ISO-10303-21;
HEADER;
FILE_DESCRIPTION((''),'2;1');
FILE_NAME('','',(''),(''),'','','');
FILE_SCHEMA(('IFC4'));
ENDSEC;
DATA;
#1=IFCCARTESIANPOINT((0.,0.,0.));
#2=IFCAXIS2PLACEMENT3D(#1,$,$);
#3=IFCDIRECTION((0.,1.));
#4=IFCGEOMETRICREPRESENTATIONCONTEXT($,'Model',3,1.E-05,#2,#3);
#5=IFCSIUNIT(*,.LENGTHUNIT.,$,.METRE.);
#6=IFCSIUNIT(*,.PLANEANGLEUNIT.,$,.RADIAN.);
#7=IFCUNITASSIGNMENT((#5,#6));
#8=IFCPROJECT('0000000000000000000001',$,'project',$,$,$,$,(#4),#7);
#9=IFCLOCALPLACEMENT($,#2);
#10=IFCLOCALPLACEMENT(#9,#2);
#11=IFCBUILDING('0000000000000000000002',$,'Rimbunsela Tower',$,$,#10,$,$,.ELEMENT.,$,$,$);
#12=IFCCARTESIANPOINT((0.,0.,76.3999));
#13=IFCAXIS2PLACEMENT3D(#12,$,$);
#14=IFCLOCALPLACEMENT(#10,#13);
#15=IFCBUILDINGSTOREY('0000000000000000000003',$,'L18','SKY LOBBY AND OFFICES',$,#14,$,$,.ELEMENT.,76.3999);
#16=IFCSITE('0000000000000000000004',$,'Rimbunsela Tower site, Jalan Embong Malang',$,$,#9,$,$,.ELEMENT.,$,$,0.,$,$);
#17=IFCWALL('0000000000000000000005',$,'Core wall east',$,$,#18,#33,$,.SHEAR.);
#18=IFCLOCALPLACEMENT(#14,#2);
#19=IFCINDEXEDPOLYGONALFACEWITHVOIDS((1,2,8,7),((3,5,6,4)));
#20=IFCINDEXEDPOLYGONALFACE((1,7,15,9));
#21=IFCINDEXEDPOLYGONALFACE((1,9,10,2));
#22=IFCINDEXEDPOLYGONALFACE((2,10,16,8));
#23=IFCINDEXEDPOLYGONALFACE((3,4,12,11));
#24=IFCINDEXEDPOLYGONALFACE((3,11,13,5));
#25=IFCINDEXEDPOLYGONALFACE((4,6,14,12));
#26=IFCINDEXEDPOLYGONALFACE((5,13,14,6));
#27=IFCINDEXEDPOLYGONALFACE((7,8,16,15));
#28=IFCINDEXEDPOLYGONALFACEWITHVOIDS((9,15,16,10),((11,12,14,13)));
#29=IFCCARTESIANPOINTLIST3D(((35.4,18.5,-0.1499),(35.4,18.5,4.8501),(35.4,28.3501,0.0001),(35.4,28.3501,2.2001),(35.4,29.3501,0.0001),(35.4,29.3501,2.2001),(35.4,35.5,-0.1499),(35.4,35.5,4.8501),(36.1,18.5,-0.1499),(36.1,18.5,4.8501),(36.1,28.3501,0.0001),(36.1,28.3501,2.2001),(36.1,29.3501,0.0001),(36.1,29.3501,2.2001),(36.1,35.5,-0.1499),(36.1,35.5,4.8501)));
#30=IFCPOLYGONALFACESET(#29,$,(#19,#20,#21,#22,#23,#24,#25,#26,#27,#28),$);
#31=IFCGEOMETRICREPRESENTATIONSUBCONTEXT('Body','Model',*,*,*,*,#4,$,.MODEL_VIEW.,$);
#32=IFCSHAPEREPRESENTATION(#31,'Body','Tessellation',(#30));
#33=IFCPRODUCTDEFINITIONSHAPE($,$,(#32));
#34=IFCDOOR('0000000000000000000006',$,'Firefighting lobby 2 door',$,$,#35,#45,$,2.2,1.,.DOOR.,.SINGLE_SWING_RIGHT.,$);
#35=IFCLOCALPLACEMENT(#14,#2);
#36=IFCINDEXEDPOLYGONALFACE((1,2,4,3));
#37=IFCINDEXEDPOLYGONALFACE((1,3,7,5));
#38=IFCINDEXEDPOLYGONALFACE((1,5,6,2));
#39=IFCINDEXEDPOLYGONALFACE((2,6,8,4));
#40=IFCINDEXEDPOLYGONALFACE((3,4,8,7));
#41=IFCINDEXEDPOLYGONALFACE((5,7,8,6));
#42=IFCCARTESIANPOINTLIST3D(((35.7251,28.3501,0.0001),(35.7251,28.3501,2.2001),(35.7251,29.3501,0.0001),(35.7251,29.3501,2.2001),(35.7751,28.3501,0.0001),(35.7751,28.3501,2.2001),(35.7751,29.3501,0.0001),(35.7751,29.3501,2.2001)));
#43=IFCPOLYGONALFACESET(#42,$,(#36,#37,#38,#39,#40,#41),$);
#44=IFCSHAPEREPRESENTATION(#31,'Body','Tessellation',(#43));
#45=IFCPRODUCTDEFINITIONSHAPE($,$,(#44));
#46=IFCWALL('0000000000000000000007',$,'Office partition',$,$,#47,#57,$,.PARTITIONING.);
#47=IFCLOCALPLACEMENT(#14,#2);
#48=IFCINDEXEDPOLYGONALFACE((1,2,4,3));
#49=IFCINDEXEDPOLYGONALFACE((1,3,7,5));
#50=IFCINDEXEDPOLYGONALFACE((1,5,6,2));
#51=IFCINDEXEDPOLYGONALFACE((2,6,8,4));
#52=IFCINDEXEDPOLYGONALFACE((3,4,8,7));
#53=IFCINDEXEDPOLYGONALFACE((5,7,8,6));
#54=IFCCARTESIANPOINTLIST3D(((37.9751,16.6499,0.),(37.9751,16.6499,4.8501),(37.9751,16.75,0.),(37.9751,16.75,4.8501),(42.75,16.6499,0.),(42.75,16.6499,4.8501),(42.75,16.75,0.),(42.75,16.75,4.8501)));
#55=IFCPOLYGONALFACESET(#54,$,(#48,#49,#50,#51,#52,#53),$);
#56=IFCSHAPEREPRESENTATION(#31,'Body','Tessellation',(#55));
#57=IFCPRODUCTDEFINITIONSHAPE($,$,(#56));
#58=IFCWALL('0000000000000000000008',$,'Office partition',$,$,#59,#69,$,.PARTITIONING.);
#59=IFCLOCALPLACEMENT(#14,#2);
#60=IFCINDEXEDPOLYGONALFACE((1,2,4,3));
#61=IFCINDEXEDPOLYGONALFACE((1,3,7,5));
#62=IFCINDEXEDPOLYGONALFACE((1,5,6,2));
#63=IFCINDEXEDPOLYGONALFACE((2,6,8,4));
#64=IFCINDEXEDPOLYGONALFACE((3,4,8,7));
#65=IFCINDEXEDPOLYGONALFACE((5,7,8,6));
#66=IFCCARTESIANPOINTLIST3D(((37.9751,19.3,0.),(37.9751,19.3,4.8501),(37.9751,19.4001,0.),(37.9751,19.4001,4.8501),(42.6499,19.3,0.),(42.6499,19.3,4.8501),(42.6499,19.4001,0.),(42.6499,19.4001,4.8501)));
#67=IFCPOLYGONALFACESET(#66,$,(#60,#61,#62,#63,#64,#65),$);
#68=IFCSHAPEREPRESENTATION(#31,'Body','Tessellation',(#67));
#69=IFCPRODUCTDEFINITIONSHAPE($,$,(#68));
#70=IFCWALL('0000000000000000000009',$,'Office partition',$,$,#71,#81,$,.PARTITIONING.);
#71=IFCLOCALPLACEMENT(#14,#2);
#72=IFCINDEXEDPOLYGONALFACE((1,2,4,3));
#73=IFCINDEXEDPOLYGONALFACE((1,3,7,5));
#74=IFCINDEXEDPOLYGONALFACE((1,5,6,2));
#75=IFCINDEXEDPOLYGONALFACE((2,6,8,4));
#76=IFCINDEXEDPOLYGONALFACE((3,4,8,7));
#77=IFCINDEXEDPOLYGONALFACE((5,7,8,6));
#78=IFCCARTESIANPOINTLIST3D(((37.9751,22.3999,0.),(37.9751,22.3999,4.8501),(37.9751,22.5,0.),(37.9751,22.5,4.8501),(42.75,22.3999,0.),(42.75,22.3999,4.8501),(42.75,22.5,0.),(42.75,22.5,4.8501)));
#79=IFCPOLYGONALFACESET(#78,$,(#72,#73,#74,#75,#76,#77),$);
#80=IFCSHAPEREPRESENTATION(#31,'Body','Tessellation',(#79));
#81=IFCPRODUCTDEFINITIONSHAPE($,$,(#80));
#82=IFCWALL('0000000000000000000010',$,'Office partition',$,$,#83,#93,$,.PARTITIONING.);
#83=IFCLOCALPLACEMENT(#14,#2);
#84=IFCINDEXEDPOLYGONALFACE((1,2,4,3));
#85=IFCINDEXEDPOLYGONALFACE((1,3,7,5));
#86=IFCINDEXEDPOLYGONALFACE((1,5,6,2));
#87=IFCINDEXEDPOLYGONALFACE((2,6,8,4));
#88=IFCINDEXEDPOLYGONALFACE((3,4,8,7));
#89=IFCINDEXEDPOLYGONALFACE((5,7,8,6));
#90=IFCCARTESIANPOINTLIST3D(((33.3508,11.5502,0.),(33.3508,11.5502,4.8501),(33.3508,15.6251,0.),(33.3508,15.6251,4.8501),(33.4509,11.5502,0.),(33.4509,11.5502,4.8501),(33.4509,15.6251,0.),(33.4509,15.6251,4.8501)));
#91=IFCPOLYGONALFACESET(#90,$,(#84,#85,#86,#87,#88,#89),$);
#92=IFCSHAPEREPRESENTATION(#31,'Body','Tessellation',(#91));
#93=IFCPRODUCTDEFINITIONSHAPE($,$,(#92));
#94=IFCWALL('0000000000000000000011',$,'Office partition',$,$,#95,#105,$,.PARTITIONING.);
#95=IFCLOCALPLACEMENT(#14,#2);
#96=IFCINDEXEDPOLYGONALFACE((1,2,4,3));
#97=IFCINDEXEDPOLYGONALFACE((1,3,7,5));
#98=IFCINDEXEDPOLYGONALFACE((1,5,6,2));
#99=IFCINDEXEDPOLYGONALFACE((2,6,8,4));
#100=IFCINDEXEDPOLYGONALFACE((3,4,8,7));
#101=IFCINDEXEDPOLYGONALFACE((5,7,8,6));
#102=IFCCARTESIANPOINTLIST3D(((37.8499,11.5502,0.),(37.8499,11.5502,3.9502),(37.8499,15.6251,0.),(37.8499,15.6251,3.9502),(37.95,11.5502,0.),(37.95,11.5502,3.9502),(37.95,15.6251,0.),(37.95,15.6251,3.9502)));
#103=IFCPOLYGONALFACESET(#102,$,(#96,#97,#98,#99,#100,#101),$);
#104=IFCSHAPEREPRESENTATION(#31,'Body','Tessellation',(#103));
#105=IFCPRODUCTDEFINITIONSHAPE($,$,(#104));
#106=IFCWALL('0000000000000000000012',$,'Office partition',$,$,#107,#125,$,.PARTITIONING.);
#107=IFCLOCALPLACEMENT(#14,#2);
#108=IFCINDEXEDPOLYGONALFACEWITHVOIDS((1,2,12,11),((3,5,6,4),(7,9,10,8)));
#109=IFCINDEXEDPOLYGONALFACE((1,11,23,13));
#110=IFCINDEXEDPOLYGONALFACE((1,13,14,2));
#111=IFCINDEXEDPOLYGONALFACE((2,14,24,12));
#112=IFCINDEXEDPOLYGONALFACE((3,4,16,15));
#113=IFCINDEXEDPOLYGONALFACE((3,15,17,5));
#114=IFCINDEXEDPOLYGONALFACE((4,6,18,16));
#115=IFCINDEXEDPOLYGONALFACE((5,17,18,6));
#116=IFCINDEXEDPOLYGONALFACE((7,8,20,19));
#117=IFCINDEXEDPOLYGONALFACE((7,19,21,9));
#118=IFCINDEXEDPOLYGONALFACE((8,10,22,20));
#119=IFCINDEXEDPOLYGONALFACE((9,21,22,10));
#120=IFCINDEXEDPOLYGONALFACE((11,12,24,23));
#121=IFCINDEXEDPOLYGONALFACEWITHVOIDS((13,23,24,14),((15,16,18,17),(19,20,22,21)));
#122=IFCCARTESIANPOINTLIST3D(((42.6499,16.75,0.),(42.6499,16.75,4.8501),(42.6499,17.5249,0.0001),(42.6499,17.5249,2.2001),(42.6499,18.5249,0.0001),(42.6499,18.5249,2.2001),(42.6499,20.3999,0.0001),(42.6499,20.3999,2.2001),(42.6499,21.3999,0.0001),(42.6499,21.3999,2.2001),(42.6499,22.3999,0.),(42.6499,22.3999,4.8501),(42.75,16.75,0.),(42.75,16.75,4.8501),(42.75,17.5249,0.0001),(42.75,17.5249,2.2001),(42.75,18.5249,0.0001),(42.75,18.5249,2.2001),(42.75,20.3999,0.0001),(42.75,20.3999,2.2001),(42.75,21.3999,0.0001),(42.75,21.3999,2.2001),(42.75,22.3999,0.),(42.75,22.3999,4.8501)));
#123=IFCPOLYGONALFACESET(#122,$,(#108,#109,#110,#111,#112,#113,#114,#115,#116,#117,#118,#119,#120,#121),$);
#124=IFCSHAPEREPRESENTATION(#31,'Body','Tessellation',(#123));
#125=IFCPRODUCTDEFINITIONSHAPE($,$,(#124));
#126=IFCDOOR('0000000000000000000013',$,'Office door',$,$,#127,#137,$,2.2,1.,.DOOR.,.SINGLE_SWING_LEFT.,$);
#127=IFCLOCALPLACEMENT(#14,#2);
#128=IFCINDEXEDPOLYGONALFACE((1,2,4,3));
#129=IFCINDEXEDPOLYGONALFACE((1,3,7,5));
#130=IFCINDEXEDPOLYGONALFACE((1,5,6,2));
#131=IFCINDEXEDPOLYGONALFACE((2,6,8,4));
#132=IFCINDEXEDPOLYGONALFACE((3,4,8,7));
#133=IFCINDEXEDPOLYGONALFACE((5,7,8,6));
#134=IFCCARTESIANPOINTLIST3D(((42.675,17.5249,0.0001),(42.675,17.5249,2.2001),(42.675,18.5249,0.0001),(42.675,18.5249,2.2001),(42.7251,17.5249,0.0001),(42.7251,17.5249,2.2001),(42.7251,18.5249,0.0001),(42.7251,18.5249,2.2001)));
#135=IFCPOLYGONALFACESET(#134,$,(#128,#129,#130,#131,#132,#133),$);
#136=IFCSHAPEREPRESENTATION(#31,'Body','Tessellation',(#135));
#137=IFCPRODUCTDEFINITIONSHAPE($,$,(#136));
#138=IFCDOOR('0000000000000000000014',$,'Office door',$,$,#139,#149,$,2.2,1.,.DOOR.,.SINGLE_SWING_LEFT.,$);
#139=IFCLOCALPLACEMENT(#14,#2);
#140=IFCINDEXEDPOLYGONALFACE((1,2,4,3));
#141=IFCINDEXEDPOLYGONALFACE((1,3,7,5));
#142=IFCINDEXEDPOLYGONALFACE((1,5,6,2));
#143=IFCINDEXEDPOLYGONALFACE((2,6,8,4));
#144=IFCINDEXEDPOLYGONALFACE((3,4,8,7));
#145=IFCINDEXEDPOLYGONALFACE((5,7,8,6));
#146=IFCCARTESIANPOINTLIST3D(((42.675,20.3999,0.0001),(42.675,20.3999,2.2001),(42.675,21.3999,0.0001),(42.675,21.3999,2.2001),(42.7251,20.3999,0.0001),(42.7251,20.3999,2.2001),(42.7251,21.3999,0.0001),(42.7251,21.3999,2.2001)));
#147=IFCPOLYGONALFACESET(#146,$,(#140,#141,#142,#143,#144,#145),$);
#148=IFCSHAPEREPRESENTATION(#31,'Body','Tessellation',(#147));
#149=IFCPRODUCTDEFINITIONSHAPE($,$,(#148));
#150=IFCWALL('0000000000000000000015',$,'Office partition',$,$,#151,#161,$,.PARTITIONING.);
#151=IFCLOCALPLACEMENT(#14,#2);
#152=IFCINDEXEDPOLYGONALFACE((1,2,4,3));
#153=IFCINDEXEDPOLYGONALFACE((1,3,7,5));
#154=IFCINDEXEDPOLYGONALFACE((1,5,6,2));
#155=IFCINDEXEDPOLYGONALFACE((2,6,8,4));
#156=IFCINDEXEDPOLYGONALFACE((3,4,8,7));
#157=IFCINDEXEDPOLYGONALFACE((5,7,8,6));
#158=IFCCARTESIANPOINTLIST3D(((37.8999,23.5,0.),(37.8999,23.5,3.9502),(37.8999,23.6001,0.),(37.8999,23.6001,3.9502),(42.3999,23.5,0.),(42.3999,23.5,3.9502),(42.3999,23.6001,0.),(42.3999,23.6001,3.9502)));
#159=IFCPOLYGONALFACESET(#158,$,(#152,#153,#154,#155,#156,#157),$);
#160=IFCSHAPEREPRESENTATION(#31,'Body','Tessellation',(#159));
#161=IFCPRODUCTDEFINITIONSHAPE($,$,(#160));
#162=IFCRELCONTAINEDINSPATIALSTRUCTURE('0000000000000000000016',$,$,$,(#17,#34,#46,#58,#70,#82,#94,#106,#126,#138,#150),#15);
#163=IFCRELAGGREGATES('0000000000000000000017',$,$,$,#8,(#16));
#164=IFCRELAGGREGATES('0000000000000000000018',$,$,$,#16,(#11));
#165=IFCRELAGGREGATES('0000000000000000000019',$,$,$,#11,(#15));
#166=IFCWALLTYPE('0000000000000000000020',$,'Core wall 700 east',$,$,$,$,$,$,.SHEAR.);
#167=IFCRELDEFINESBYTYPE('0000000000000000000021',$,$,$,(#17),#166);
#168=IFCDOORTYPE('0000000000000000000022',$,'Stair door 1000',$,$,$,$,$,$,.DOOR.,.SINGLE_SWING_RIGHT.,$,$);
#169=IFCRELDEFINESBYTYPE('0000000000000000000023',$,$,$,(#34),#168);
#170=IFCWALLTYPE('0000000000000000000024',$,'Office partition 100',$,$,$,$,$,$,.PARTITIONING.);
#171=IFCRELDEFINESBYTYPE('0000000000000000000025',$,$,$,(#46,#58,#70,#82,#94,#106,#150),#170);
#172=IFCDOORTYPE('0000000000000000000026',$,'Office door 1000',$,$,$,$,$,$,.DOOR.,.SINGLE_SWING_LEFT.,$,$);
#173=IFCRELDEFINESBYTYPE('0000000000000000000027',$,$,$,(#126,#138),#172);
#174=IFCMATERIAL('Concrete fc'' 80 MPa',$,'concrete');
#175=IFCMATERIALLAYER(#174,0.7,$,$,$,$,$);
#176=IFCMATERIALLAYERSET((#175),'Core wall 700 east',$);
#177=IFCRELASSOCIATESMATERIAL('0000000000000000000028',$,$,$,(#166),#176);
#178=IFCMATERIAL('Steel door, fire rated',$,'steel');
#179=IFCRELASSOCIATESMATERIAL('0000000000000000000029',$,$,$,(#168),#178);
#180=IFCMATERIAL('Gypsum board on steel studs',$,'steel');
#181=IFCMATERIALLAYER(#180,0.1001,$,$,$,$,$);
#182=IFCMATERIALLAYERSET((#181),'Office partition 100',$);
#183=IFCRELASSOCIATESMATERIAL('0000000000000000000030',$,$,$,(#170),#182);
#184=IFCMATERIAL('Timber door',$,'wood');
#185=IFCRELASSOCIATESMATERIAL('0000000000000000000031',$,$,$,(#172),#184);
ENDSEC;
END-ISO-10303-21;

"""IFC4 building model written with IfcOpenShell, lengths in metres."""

from ifc_helpers import new_model, si_unit, direction, frame, frame_2d, origin, place, context, subcontext, project, spatial, rectangle, extrude, material, layer, layer_set, type_object, element, fill, save


model = new_model("IFC4")

# Units and contexts
model_context = context("Model", 3, precision=1e-05, world=origin(), true_north=direction((0.0, 1.0)))
body_context = subcontext(model_context, "Body", "Model", "MODEL_VIEW")
ifc_project = project(units=[si_unit("LENGTHUNIT", "METRE"), si_unit("PLANEANGLEUNIT", "RADIAN")], contexts=[model_context])

# Site, building, storey
site_placement = place(None, origin())
site = spatial("IfcSite", under=ifc_project, at=site_placement, Name="Rimbunsela Tower site, Jalan Embong Malang", CompositionType="ELEMENT", RefElevation=0.0)
building_placement = place(site_placement, origin())
building = spatial("IfcBuilding", under=site, at=building_placement, Name="Rimbunsela Tower", CompositionType="ELEMENT")
storey_placement = place(building_placement, frame((0.0, 0.0, 76.3999)))
storey = spatial("IfcBuildingStorey", under=building, at=storey_placement, Name="L18", Description="SKY LOBBY AND OFFICES", CompositionType="ELEMENT", Elevation=76.3999)

# Wall, opening, door
ifc_material_1 = material(Name="Concrete fc' 80 MPa", Category="concrete")
ifc_layer_1 = layer(ifc_material_1, 0.7)
ifc_layer_set_1 = layer_set([ifc_layer_1], Name="Core wall 700 east")
wall_type_1 = type_object("IfcWallType", Name="Core wall 700 east", PredefinedType="SHEAR", material=ifc_layer_set_1)
wall_1_placement = place(storey_placement, frame((35.75, 18.5, -0.1499), z_axis=(0.0, 0.0, 1.0), x_axis=(0.0, 1.0, 0.0)))
wall_1 = element("IfcWall", 1, at=wall_1_placement, inside=storey, type_object=wall_type_1, Name="Core wall east", PredefinedType="SHEAR", context=body_context, shape_type="SweptSolid", body=[
    extrude(rectangle(XDim=17.0, YDim=0.7, at=frame_2d((8.5, 0.0))), origin(), (0.0, 0.0, 1.0), 5.0),
])
opening_1_placement = place(wall_1_placement, frame((9.8501, 0.0, 0.1499)))
opening_1 = element("IfcOpeningElement", 2, at=opening_1_placement, cuts=wall_1, PredefinedType="OPENING", context=body_context, shape_type="SweptSolid", body=[
    extrude(rectangle(XDim=1.0, YDim=2.2, at=frame_2d((0.5, 1.1001))), frame((0.0, 0.3599, 0.0), z_axis=(0.0, -1.0, 0.0), x_axis=(1.0, 0.0, 0.0)), (0.0, 0.0, 1.0), 0.72),
])
ifc_material_2 = material(Name="Steel door, fire rated", Category="steel")
door_type_1 = type_object("IfcDoorType", Name="Stair door 1000", OperationType="SINGLE_SWING_RIGHT", PredefinedType="DOOR", material=ifc_material_2)
door_1_placement = place(opening_1_placement, origin())
door_1 = element("IfcDoor", 3, at=door_1_placement, inside=storey, type_object=door_type_1, Name="Firefighting lobby 2 door", OperationType="SINGLE_SWING_RIGHT", OverallHeight=2.2, OverallWidth=1.0, PredefinedType="DOOR", context=body_context, shape_type="SweptSolid", body=[
    extrude(rectangle(XDim=1.0, YDim=2.2, at=frame_2d((0.5, 1.1001))), frame((0.0, 0.0249, 0.0), z_axis=(0.0, -1.0, 0.0), x_axis=(1.0, 0.0, 0.0)), (0.0, 0.0, 1.0), 0.05),
])
fill(opening_1, door_1)

# Walls
ifc_material_3 = material(Name="Gypsum board on steel studs", Category="steel")
ifc_layer_2 = layer(ifc_material_3, 0.1001)
ifc_layer_set_2 = layer_set([ifc_layer_2], Name="Office partition 100")
wall_type_2 = type_object("IfcWallType", Name="Office partition 100", PredefinedType="PARTITIONING", material=ifc_layer_set_2)
wall_2_placement = place(storey_placement, frame((37.9751, 16.7, 0.0), z_axis=(0.0, 0.0, 1.0), x_axis=(1.0, 0.0, 0.0)))
element("IfcWall", 4, at=wall_2_placement, inside=storey, type_object=wall_type_2, Name="Office partition", PredefinedType="PARTITIONING", context=body_context, shape_type="SweptSolid", body=[
    extrude(rectangle(XDim=4.7749, YDim=0.1001, at=frame_2d((2.3875, 0.0))), origin(), (0.0, 0.0, 1.0), 4.8501),
])
wall_3_placement = place(storey_placement, frame((37.9751, 19.3501, 0.0), z_axis=(0.0, 0.0, 1.0), x_axis=(1.0, 0.0, 0.0)))
element("IfcWall", 5, at=wall_3_placement, inside=storey, type_object=wall_type_2, Name="Office partition", PredefinedType="PARTITIONING", context=body_context, shape_type="SweptSolid", body=[
    extrude(rectangle(XDim=4.6748, YDim=0.1001, at=frame_2d((2.3374, 0.0))), origin(), (0.0, 0.0, 1.0), 4.8501),
])
wall_4_placement = place(storey_placement, frame((37.9751, 22.45, 0.0), z_axis=(0.0, 0.0, 1.0), x_axis=(1.0, 0.0, 0.0)))
element("IfcWall", 6, at=wall_4_placement, inside=storey, type_object=wall_type_2, Name="Office partition", PredefinedType="PARTITIONING", context=body_context, shape_type="SweptSolid", body=[
    extrude(rectangle(XDim=4.7749, YDim=0.1001, at=frame_2d((2.3875, 0.0))), origin(), (0.0, 0.0, 1.0), 4.8501),
])
wall_5_placement = place(storey_placement, frame((33.4009, 11.55, 0.0), z_axis=(0.0, 0.0, 1.0), x_axis=(0.0, 1.0, 0.0)))
element("IfcWall", 7, at=wall_5_placement, inside=storey, type_object=wall_type_2, Name="Office partition", PredefinedType="PARTITIONING", context=body_context, shape_type="SweptSolid", body=[
    extrude(rectangle(XDim=4.075, YDim=0.1001, at=frame_2d((2.0376, 0.0))), origin(), (0.0, 0.0, 1.0), 4.8501),
])
wall_6_placement = place(storey_placement, frame((37.8999, 11.55, 0.0), z_axis=(0.0, 0.0, 1.0), x_axis=(0.0, 1.0, 0.0)))
element("IfcWall", 8, at=wall_6_placement, inside=storey, type_object=wall_type_2, Name="Office partition", PredefinedType="PARTITIONING", context=body_context, shape_type="SweptSolid", body=[
    extrude(rectangle(XDim=4.075, YDim=0.1001, at=frame_2d((2.0376, 0.0))), origin(), (0.0, 0.0, 1.0), 3.9502),
])

# Wall, openings, doors
wall_7_placement = place(storey_placement, frame((42.7, 16.75, 0.0), z_axis=(0.0, 0.0, 1.0), x_axis=(0.0, 1.0, 0.0)))
wall_7 = element("IfcWall", 9, at=wall_7_placement, inside=storey, type_object=wall_type_2, Name="Office partition", PredefinedType="PARTITIONING", context=body_context, shape_type="SweptSolid", body=[
    extrude(rectangle(XDim=5.6499, YDim=0.1001, at=frame_2d((2.825, 0.0))), origin(), (0.0, 0.0, 1.0), 4.8501),
])
opening_2_placement = place(wall_7_placement, frame((0.7749, 0.0, 0.0)))
opening_2 = element("IfcOpeningElement", 10, at=opening_2_placement, cuts=wall_7, PredefinedType="OPENING", context=body_context, shape_type="SweptSolid", body=[
    extrude(rectangle(XDim=1.0, YDim=2.2, at=frame_2d((0.5, 1.1001))), frame((0.0, 0.0601, 0.0), z_axis=(0.0, -1.0, 0.0), x_axis=(1.0, 0.0, 0.0)), (0.0, 0.0, 1.0), 0.1201),
])
opening_3_placement = place(wall_7_placement, frame((3.6499, 0.0, 0.0)))
opening_3 = element("IfcOpeningElement", 11, at=opening_3_placement, cuts=wall_7, PredefinedType="OPENING", context=body_context, shape_type="SweptSolid", body=[
    extrude(rectangle(XDim=1.0, YDim=2.2, at=frame_2d((0.5, 1.1001))), frame((0.0, 0.0601, 0.0), z_axis=(0.0, -1.0, 0.0), x_axis=(1.0, 0.0, 0.0)), (0.0, 0.0, 1.0), 0.1201),
])
ifc_material_4 = material(Name="Timber door", Category="wood")
door_type_2 = type_object("IfcDoorType", Name="Office door 1000", OperationType="SINGLE_SWING_LEFT", PredefinedType="DOOR", material=ifc_material_4)
door_2_placement = place(opening_2_placement, origin())
door_2 = element("IfcDoor", 12, at=door_2_placement, inside=storey, type_object=door_type_2, Name="Office door", OperationType="SINGLE_SWING_LEFT", OverallHeight=2.2, OverallWidth=1.0, PredefinedType="DOOR", context=body_context, shape_type="SweptSolid", body=[
    extrude(rectangle(XDim=1.0, YDim=2.2, at=frame_2d((0.5, 1.1001))), frame((0.0, 0.0249, 0.0), z_axis=(0.0, -1.0, 0.0), x_axis=(1.0, 0.0, 0.0)), (0.0, 0.0, 1.0), 0.05),
])
fill(opening_2, door_2)
door_3_placement = place(opening_3_placement, origin())
door_3 = element("IfcDoor", 13, at=door_3_placement, inside=storey, type_object=door_type_2, Name="Office door", OperationType="SINGLE_SWING_LEFT", OverallHeight=2.2, OverallWidth=1.0, PredefinedType="DOOR", context=body_context, shape_type="SweptSolid", body=[
    extrude(rectangle(XDim=1.0, YDim=2.2, at=frame_2d((0.5, 1.1001))), frame((0.0, 0.0249, 0.0), z_axis=(0.0, -1.0, 0.0), x_axis=(1.0, 0.0, 0.0)), (0.0, 0.0, 1.0), 0.05),
])
fill(opening_3, door_3)

# Wall
wall_8_placement = place(storey_placement, frame((37.8999, 23.55, 0.0), z_axis=(0.0, 0.0, 1.0), x_axis=(1.0, 0.0, 0.0)))
element("IfcWall", 14, at=wall_8_placement, inside=storey, type_object=wall_type_2, Name="Office partition", PredefinedType="PARTITIONING", context=body_context, shape_type="SweptSolid", body=[
    extrude(rectangle(XDim=4.5, YDim=0.1001, at=frame_2d((2.25, 0.0))), origin(), (0.0, 0.0, 1.0), 3.9502),
])

save(model, "model.ifc")
